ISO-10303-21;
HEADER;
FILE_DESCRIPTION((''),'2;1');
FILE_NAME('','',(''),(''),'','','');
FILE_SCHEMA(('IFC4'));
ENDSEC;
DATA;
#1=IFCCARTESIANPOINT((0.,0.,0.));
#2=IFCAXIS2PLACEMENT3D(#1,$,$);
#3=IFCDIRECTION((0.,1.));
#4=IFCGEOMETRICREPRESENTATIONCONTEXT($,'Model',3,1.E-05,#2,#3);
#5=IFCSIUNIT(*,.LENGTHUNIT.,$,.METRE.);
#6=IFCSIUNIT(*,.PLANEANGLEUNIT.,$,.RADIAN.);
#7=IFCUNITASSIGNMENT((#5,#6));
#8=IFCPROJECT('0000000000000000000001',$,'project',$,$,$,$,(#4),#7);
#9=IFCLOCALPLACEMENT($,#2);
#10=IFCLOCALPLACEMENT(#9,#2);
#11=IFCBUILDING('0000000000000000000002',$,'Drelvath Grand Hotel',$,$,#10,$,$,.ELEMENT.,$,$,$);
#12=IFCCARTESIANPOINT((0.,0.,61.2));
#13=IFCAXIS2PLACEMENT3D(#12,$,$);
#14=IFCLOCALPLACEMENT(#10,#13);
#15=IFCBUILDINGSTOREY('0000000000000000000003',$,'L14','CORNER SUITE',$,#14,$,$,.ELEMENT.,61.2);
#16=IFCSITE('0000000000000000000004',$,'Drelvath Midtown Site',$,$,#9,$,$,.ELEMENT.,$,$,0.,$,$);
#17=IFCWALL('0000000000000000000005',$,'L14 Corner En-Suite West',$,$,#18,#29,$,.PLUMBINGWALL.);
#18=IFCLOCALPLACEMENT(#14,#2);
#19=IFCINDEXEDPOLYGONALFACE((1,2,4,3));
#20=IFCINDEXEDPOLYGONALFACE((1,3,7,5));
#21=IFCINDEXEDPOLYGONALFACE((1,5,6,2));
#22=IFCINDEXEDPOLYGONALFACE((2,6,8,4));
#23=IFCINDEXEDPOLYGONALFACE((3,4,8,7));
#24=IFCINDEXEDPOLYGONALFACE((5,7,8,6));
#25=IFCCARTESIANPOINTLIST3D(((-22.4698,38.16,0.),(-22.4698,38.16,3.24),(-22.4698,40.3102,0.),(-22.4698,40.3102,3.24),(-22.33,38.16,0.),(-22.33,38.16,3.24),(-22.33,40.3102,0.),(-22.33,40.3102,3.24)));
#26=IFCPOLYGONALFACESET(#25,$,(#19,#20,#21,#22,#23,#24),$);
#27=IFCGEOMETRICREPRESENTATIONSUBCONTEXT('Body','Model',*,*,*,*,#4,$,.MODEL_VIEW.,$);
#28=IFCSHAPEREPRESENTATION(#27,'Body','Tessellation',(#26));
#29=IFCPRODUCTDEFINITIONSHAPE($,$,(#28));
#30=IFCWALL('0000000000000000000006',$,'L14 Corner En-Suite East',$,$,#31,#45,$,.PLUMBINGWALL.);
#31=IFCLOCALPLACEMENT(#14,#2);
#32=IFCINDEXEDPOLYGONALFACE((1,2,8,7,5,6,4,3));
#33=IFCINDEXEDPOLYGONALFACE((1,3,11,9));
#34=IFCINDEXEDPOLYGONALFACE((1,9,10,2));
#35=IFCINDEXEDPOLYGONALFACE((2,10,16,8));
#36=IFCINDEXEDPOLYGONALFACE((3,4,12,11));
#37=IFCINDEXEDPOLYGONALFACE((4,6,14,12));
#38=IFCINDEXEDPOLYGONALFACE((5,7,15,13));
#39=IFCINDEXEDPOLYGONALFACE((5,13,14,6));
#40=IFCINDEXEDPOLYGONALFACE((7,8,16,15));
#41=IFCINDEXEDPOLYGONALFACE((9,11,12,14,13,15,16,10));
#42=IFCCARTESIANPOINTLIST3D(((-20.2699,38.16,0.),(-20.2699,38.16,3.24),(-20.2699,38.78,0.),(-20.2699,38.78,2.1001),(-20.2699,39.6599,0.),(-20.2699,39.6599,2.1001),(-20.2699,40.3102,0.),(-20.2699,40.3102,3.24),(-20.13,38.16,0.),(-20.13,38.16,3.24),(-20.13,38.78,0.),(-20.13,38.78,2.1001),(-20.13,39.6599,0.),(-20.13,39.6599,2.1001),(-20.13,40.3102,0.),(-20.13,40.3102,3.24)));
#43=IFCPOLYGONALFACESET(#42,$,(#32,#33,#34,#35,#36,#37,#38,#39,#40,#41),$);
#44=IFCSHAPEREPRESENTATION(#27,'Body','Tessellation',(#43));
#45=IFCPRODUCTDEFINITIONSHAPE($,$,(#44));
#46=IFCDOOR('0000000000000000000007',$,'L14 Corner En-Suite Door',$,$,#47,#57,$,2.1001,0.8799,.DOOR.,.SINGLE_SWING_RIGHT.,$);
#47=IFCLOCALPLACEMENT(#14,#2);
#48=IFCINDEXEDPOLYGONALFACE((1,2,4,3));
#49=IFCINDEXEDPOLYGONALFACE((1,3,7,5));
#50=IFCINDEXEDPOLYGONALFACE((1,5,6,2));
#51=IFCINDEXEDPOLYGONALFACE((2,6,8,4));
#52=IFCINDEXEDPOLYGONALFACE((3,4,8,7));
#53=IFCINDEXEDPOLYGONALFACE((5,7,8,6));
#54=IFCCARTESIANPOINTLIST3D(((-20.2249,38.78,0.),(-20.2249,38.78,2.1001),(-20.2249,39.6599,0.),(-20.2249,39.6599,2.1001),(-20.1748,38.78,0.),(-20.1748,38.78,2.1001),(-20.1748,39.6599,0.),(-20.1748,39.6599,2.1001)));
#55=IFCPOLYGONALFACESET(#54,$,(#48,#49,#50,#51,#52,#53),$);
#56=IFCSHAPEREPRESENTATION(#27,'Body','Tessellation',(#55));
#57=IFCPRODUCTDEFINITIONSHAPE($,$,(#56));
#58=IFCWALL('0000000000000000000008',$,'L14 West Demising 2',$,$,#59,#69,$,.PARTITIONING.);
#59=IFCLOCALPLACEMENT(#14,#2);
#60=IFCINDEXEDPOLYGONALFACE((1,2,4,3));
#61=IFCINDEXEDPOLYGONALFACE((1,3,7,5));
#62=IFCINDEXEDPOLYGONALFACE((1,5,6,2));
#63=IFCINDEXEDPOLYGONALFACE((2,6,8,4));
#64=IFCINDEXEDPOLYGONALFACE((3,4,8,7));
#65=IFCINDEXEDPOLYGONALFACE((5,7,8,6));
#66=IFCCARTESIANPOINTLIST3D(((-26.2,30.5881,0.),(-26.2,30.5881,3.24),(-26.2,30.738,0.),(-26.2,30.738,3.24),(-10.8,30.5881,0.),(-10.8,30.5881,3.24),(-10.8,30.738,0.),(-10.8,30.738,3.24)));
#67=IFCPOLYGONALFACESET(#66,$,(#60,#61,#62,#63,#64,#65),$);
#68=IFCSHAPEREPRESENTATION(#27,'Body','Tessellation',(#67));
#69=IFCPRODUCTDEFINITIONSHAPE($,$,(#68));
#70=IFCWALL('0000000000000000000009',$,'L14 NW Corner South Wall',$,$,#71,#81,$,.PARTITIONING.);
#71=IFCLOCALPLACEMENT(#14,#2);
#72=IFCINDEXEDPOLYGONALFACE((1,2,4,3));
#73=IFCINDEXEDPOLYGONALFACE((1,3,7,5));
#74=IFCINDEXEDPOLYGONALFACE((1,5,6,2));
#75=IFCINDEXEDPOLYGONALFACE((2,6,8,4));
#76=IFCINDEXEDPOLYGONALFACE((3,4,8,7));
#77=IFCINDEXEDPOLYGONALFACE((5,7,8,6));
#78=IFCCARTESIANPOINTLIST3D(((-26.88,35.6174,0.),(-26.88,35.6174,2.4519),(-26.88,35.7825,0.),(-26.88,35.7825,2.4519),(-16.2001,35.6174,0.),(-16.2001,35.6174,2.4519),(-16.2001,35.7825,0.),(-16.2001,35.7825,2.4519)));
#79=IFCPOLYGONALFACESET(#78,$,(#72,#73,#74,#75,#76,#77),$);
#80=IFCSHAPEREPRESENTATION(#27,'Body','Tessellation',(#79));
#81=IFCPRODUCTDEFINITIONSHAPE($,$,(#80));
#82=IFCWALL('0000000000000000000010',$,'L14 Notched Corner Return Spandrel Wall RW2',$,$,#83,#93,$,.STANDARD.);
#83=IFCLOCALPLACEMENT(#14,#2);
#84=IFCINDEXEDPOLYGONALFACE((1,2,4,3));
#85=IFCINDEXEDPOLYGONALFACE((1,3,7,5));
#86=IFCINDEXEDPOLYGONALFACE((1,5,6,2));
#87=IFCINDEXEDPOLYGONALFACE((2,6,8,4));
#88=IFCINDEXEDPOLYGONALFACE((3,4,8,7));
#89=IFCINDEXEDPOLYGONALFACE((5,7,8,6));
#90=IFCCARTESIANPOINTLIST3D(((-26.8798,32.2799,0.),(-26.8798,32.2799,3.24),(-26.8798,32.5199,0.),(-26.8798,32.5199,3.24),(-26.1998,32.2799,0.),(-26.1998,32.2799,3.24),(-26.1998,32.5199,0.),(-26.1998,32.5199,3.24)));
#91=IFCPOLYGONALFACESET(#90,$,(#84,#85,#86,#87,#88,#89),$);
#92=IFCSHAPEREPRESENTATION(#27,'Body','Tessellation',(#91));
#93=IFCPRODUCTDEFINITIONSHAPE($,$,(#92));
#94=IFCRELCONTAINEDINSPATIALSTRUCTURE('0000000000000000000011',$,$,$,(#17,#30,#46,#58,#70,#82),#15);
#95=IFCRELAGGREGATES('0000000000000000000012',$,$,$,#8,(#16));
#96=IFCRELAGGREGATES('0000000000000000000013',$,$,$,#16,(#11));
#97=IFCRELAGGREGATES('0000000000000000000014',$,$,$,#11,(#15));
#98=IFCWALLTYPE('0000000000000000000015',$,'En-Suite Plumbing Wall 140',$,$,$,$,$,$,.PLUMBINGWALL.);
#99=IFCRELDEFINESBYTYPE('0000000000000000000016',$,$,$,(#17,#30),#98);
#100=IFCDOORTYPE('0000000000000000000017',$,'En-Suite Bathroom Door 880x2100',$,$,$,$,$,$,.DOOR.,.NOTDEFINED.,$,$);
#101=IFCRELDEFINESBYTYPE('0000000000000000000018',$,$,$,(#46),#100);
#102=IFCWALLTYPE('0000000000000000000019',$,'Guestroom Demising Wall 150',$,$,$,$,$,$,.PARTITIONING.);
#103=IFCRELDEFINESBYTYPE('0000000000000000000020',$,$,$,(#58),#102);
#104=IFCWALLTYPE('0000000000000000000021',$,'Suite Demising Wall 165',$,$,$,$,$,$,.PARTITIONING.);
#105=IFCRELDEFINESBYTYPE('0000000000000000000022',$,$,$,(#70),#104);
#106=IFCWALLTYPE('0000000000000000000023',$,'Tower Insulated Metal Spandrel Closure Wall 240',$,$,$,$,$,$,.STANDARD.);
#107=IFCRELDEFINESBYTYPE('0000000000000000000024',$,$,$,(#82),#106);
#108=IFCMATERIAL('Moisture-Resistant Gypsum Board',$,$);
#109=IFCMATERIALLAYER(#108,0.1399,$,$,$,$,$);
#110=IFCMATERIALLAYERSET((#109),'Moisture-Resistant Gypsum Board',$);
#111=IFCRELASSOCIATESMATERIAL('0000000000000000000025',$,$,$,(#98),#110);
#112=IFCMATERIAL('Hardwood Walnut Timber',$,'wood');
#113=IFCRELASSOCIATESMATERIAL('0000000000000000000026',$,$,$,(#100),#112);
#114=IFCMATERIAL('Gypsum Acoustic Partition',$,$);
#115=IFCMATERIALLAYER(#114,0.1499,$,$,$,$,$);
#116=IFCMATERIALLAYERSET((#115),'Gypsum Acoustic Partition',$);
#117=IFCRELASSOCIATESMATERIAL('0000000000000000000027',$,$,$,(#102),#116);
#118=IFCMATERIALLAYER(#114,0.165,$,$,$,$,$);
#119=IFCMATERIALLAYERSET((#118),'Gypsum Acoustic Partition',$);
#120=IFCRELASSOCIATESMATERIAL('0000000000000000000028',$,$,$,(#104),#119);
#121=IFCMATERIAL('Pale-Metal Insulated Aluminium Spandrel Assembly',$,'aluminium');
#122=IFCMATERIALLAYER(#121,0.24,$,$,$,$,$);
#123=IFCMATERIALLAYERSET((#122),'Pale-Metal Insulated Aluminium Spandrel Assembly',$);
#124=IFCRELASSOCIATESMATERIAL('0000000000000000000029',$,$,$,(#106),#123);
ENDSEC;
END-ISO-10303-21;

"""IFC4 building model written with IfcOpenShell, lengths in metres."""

from ifc_helpers import new_model, si_unit, direction, frame, frame_2d, origin, place, context, subcontext, project, spatial, rectangle, extrude, material, layer, layer_set, type_object, element, fill, save


model = new_model("IFC4")

# Units and contexts
model_context = context("Model", 3, precision=1e-05, world=origin(), true_north=direction((0.0, 1.0)))
body_context = subcontext(model_context, "Body", "Model", "MODEL_VIEW")
ifc_project = project(units=[si_unit("LENGTHUNIT", "METRE"), si_unit("PLANEANGLEUNIT", "RADIAN")], contexts=[model_context])

# Site, building, storey
site_placement = place(None, origin())
site = spatial("IfcSite", under=ifc_project, at=site_placement, Name="Drelvath Midtown Site", CompositionType="ELEMENT", RefElevation=0.0)
building_placement = place(site_placement, origin())
building = spatial("IfcBuilding", under=site, at=building_placement, Name="Drelvath Grand Hotel", CompositionType="ELEMENT")
storey_placement = place(building_placement, frame((0.0, 0.0, 61.2)))
storey = spatial("IfcBuildingStorey", under=building, at=storey_placement, Name="L14", Description="CORNER SUITE", CompositionType="ELEMENT", Elevation=61.2)

# Shared definitions
ifc_material_1 = material(Name="Hardwood Walnut Timber", Category="wood")

# Wall
ifc_material_2 = material(Name="Moisture-Resistant Gypsum Board")
ifc_layer_1 = layer(ifc_material_2, 0.1399)
ifc_layer_set_1 = layer_set([ifc_layer_1], Name="Moisture-Resistant Gypsum Board")
wall_type_1 = type_object("IfcWallType", Name="En-Suite Plumbing Wall 140", PredefinedType="PLUMBINGWALL", material=ifc_layer_set_1)
wall_1_placement = place(storey_placement, frame((-22.3999, 38.1599, 0.0), z_axis=(0.0, 0.0, 1.0), x_axis=(0.0, 1.0, 0.0)))
element("IfcWall", 1, at=wall_1_placement, inside=storey, type_object=wall_type_1, Name="L14 Corner En-Suite West", PredefinedType="PLUMBINGWALL", context=body_context, shape_type="SweptSolid", body=[
    extrude(rectangle(XDim=2.1501, YDim=0.1399, at=frame_2d((1.0752, 0.0))), origin(), (0.0, 0.0, 1.0), 3.24),
])

# Wall, opening, door
wall_2_placement = place(storey_placement, frame((-20.2, 38.1599, 0.0), z_axis=(0.0, 0.0, 1.0), x_axis=(0.0, 1.0, 0.0)))
wall_2 = element("IfcWall", 2, at=wall_2_placement, inside=storey, type_object=wall_type_1, Name="L14 Corner En-Suite East", PredefinedType="PLUMBINGWALL", context=body_context, shape_type="SweptSolid", body=[
    extrude(rectangle(XDim=2.1501, YDim=0.1399, at=frame_2d((1.0752, 0.0))), origin(), (0.0, 0.0, 1.0), 3.24),
])
opening_1_placement = place(wall_2_placement, frame((0.6201, 0.0, 0.0)))
opening_1 = element("IfcOpeningElement", 3, at=opening_1_placement, cuts=wall_2, PredefinedType="OPENING", context=body_context, shape_type="SweptSolid", body=[
    extrude(rectangle(XDim=0.8799, YDim=2.1001, at=frame_2d((0.4399, 1.05))), frame((0.0, 0.0798, 0.0), z_axis=(0.0, -1.0, 0.0), x_axis=(1.0, 0.0, 0.0)), (0.0, 0.0, 1.0), 0.1599),
])
door_type_1 = type_object("IfcDoorType", Name="En-Suite Bathroom Door 880x2100", OperationType="NOTDEFINED", PredefinedType="DOOR", material=ifc_material_1)
door_1_placement = place(opening_1_placement, origin())
door_1 = element("IfcDoor", 4, at=door_1_placement, inside=storey, type_object=door_type_1, Name="L14 Corner En-Suite Door", OperationType="SINGLE_SWING_RIGHT", OverallHeight=2.1001, OverallWidth=0.8799, PredefinedType="DOOR", context=body_context, shape_type="SweptSolid", body=[
    extrude(rectangle(XDim=0.8799, YDim=2.1001, at=frame_2d((0.4399, 1.05))), frame((0.0, 0.0249, 0.0), z_axis=(0.0, -1.0, 0.0), x_axis=(1.0, 0.0, 0.0)), (0.0, 0.0, 1.0), 0.05),
])
fill(opening_1, door_1)

# Walls
ifc_material_3 = material(Name="Gypsum Acoustic Partition")
ifc_layer_2 = layer(ifc_material_3, 0.1499)
ifc_layer_set_2 = layer_set([ifc_layer_2], Name="Gypsum Acoustic Partition")
wall_type_2 = type_object("IfcWallType", Name="Guestroom Demising Wall 150", PredefinedType="PARTITIONING", material=ifc_layer_set_2)
wall_3_placement = place(storey_placement, frame((-26.2, 30.6631, 0.0), z_axis=(0.0, 0.0, 1.0), x_axis=(1.0, 0.0, 0.0)))
element("IfcWall", 5, at=wall_3_placement, inside=storey, type_object=wall_type_2, Name="L14 West Demising 2", PredefinedType="PARTITIONING", context=body_context, shape_type="SweptSolid", body=[
    extrude(rectangle(XDim=15.3999, YDim=0.1499, at=frame_2d((7.7, 0.0))), origin(), (0.0, 0.0, 1.0), 3.24),
])
ifc_layer_3 = layer(ifc_material_3, 0.165)
ifc_layer_set_3 = layer_set([ifc_layer_3], Name="Gypsum Acoustic Partition")
wall_type_3 = type_object("IfcWallType", Name="Suite Demising Wall 165", PredefinedType="PARTITIONING", material=ifc_layer_set_3)
wall_4_placement = place(storey_placement, frame((-26.8799, 35.7, 0.0), z_axis=(0.0, 0.0, 1.0), x_axis=(1.0, 0.0, 0.0)))
element("IfcWall", 6, at=wall_4_placement, inside=storey, type_object=wall_type_3, Name="L14 NW Corner South Wall", PredefinedType="PARTITIONING", context=body_context, shape_type="SweptSolid", body=[
    extrude(rectangle(XDim=10.6799, YDim=0.165, at=frame_2d((5.3398, 0.0))), origin(), (0.0, 0.0, 1.0), 2.4519),
])
ifc_material_4 = material(Name="Pale-Metal Insulated Aluminium Spandrel Assembly", Category="aluminium")
ifc_layer_4 = layer(ifc_material_4, 0.24)
ifc_layer_set_4 = layer_set([ifc_layer_4], Name="Pale-Metal Insulated Aluminium Spandrel Assembly")
wall_type_4 = type_object("IfcWallType", Name="Tower Insulated Metal Spandrel Closure Wall 240", PredefinedType="STANDARD", material=ifc_layer_set_4)
wall_5_placement = place(storey_placement, frame((-26.2, 32.3999, 0.0), z_axis=(0.0, 0.0, 1.0), x_axis=(-1.0, 0.0, 0.0)))
element("IfcWall", 7, at=wall_5_placement, inside=storey, type_object=wall_type_4, Name="L14 Notched Corner Return Spandrel Wall RW2", PredefinedType="STANDARD", context=body_context, shape_type="SweptSolid", body=[
    extrude(rectangle(XDim=0.6799, YDim=0.24, at=frame_2d((0.3398, 0.0))), origin(), (0.0, 0.0, 1.0), 3.24),
])

save(model, "model.ifc")
